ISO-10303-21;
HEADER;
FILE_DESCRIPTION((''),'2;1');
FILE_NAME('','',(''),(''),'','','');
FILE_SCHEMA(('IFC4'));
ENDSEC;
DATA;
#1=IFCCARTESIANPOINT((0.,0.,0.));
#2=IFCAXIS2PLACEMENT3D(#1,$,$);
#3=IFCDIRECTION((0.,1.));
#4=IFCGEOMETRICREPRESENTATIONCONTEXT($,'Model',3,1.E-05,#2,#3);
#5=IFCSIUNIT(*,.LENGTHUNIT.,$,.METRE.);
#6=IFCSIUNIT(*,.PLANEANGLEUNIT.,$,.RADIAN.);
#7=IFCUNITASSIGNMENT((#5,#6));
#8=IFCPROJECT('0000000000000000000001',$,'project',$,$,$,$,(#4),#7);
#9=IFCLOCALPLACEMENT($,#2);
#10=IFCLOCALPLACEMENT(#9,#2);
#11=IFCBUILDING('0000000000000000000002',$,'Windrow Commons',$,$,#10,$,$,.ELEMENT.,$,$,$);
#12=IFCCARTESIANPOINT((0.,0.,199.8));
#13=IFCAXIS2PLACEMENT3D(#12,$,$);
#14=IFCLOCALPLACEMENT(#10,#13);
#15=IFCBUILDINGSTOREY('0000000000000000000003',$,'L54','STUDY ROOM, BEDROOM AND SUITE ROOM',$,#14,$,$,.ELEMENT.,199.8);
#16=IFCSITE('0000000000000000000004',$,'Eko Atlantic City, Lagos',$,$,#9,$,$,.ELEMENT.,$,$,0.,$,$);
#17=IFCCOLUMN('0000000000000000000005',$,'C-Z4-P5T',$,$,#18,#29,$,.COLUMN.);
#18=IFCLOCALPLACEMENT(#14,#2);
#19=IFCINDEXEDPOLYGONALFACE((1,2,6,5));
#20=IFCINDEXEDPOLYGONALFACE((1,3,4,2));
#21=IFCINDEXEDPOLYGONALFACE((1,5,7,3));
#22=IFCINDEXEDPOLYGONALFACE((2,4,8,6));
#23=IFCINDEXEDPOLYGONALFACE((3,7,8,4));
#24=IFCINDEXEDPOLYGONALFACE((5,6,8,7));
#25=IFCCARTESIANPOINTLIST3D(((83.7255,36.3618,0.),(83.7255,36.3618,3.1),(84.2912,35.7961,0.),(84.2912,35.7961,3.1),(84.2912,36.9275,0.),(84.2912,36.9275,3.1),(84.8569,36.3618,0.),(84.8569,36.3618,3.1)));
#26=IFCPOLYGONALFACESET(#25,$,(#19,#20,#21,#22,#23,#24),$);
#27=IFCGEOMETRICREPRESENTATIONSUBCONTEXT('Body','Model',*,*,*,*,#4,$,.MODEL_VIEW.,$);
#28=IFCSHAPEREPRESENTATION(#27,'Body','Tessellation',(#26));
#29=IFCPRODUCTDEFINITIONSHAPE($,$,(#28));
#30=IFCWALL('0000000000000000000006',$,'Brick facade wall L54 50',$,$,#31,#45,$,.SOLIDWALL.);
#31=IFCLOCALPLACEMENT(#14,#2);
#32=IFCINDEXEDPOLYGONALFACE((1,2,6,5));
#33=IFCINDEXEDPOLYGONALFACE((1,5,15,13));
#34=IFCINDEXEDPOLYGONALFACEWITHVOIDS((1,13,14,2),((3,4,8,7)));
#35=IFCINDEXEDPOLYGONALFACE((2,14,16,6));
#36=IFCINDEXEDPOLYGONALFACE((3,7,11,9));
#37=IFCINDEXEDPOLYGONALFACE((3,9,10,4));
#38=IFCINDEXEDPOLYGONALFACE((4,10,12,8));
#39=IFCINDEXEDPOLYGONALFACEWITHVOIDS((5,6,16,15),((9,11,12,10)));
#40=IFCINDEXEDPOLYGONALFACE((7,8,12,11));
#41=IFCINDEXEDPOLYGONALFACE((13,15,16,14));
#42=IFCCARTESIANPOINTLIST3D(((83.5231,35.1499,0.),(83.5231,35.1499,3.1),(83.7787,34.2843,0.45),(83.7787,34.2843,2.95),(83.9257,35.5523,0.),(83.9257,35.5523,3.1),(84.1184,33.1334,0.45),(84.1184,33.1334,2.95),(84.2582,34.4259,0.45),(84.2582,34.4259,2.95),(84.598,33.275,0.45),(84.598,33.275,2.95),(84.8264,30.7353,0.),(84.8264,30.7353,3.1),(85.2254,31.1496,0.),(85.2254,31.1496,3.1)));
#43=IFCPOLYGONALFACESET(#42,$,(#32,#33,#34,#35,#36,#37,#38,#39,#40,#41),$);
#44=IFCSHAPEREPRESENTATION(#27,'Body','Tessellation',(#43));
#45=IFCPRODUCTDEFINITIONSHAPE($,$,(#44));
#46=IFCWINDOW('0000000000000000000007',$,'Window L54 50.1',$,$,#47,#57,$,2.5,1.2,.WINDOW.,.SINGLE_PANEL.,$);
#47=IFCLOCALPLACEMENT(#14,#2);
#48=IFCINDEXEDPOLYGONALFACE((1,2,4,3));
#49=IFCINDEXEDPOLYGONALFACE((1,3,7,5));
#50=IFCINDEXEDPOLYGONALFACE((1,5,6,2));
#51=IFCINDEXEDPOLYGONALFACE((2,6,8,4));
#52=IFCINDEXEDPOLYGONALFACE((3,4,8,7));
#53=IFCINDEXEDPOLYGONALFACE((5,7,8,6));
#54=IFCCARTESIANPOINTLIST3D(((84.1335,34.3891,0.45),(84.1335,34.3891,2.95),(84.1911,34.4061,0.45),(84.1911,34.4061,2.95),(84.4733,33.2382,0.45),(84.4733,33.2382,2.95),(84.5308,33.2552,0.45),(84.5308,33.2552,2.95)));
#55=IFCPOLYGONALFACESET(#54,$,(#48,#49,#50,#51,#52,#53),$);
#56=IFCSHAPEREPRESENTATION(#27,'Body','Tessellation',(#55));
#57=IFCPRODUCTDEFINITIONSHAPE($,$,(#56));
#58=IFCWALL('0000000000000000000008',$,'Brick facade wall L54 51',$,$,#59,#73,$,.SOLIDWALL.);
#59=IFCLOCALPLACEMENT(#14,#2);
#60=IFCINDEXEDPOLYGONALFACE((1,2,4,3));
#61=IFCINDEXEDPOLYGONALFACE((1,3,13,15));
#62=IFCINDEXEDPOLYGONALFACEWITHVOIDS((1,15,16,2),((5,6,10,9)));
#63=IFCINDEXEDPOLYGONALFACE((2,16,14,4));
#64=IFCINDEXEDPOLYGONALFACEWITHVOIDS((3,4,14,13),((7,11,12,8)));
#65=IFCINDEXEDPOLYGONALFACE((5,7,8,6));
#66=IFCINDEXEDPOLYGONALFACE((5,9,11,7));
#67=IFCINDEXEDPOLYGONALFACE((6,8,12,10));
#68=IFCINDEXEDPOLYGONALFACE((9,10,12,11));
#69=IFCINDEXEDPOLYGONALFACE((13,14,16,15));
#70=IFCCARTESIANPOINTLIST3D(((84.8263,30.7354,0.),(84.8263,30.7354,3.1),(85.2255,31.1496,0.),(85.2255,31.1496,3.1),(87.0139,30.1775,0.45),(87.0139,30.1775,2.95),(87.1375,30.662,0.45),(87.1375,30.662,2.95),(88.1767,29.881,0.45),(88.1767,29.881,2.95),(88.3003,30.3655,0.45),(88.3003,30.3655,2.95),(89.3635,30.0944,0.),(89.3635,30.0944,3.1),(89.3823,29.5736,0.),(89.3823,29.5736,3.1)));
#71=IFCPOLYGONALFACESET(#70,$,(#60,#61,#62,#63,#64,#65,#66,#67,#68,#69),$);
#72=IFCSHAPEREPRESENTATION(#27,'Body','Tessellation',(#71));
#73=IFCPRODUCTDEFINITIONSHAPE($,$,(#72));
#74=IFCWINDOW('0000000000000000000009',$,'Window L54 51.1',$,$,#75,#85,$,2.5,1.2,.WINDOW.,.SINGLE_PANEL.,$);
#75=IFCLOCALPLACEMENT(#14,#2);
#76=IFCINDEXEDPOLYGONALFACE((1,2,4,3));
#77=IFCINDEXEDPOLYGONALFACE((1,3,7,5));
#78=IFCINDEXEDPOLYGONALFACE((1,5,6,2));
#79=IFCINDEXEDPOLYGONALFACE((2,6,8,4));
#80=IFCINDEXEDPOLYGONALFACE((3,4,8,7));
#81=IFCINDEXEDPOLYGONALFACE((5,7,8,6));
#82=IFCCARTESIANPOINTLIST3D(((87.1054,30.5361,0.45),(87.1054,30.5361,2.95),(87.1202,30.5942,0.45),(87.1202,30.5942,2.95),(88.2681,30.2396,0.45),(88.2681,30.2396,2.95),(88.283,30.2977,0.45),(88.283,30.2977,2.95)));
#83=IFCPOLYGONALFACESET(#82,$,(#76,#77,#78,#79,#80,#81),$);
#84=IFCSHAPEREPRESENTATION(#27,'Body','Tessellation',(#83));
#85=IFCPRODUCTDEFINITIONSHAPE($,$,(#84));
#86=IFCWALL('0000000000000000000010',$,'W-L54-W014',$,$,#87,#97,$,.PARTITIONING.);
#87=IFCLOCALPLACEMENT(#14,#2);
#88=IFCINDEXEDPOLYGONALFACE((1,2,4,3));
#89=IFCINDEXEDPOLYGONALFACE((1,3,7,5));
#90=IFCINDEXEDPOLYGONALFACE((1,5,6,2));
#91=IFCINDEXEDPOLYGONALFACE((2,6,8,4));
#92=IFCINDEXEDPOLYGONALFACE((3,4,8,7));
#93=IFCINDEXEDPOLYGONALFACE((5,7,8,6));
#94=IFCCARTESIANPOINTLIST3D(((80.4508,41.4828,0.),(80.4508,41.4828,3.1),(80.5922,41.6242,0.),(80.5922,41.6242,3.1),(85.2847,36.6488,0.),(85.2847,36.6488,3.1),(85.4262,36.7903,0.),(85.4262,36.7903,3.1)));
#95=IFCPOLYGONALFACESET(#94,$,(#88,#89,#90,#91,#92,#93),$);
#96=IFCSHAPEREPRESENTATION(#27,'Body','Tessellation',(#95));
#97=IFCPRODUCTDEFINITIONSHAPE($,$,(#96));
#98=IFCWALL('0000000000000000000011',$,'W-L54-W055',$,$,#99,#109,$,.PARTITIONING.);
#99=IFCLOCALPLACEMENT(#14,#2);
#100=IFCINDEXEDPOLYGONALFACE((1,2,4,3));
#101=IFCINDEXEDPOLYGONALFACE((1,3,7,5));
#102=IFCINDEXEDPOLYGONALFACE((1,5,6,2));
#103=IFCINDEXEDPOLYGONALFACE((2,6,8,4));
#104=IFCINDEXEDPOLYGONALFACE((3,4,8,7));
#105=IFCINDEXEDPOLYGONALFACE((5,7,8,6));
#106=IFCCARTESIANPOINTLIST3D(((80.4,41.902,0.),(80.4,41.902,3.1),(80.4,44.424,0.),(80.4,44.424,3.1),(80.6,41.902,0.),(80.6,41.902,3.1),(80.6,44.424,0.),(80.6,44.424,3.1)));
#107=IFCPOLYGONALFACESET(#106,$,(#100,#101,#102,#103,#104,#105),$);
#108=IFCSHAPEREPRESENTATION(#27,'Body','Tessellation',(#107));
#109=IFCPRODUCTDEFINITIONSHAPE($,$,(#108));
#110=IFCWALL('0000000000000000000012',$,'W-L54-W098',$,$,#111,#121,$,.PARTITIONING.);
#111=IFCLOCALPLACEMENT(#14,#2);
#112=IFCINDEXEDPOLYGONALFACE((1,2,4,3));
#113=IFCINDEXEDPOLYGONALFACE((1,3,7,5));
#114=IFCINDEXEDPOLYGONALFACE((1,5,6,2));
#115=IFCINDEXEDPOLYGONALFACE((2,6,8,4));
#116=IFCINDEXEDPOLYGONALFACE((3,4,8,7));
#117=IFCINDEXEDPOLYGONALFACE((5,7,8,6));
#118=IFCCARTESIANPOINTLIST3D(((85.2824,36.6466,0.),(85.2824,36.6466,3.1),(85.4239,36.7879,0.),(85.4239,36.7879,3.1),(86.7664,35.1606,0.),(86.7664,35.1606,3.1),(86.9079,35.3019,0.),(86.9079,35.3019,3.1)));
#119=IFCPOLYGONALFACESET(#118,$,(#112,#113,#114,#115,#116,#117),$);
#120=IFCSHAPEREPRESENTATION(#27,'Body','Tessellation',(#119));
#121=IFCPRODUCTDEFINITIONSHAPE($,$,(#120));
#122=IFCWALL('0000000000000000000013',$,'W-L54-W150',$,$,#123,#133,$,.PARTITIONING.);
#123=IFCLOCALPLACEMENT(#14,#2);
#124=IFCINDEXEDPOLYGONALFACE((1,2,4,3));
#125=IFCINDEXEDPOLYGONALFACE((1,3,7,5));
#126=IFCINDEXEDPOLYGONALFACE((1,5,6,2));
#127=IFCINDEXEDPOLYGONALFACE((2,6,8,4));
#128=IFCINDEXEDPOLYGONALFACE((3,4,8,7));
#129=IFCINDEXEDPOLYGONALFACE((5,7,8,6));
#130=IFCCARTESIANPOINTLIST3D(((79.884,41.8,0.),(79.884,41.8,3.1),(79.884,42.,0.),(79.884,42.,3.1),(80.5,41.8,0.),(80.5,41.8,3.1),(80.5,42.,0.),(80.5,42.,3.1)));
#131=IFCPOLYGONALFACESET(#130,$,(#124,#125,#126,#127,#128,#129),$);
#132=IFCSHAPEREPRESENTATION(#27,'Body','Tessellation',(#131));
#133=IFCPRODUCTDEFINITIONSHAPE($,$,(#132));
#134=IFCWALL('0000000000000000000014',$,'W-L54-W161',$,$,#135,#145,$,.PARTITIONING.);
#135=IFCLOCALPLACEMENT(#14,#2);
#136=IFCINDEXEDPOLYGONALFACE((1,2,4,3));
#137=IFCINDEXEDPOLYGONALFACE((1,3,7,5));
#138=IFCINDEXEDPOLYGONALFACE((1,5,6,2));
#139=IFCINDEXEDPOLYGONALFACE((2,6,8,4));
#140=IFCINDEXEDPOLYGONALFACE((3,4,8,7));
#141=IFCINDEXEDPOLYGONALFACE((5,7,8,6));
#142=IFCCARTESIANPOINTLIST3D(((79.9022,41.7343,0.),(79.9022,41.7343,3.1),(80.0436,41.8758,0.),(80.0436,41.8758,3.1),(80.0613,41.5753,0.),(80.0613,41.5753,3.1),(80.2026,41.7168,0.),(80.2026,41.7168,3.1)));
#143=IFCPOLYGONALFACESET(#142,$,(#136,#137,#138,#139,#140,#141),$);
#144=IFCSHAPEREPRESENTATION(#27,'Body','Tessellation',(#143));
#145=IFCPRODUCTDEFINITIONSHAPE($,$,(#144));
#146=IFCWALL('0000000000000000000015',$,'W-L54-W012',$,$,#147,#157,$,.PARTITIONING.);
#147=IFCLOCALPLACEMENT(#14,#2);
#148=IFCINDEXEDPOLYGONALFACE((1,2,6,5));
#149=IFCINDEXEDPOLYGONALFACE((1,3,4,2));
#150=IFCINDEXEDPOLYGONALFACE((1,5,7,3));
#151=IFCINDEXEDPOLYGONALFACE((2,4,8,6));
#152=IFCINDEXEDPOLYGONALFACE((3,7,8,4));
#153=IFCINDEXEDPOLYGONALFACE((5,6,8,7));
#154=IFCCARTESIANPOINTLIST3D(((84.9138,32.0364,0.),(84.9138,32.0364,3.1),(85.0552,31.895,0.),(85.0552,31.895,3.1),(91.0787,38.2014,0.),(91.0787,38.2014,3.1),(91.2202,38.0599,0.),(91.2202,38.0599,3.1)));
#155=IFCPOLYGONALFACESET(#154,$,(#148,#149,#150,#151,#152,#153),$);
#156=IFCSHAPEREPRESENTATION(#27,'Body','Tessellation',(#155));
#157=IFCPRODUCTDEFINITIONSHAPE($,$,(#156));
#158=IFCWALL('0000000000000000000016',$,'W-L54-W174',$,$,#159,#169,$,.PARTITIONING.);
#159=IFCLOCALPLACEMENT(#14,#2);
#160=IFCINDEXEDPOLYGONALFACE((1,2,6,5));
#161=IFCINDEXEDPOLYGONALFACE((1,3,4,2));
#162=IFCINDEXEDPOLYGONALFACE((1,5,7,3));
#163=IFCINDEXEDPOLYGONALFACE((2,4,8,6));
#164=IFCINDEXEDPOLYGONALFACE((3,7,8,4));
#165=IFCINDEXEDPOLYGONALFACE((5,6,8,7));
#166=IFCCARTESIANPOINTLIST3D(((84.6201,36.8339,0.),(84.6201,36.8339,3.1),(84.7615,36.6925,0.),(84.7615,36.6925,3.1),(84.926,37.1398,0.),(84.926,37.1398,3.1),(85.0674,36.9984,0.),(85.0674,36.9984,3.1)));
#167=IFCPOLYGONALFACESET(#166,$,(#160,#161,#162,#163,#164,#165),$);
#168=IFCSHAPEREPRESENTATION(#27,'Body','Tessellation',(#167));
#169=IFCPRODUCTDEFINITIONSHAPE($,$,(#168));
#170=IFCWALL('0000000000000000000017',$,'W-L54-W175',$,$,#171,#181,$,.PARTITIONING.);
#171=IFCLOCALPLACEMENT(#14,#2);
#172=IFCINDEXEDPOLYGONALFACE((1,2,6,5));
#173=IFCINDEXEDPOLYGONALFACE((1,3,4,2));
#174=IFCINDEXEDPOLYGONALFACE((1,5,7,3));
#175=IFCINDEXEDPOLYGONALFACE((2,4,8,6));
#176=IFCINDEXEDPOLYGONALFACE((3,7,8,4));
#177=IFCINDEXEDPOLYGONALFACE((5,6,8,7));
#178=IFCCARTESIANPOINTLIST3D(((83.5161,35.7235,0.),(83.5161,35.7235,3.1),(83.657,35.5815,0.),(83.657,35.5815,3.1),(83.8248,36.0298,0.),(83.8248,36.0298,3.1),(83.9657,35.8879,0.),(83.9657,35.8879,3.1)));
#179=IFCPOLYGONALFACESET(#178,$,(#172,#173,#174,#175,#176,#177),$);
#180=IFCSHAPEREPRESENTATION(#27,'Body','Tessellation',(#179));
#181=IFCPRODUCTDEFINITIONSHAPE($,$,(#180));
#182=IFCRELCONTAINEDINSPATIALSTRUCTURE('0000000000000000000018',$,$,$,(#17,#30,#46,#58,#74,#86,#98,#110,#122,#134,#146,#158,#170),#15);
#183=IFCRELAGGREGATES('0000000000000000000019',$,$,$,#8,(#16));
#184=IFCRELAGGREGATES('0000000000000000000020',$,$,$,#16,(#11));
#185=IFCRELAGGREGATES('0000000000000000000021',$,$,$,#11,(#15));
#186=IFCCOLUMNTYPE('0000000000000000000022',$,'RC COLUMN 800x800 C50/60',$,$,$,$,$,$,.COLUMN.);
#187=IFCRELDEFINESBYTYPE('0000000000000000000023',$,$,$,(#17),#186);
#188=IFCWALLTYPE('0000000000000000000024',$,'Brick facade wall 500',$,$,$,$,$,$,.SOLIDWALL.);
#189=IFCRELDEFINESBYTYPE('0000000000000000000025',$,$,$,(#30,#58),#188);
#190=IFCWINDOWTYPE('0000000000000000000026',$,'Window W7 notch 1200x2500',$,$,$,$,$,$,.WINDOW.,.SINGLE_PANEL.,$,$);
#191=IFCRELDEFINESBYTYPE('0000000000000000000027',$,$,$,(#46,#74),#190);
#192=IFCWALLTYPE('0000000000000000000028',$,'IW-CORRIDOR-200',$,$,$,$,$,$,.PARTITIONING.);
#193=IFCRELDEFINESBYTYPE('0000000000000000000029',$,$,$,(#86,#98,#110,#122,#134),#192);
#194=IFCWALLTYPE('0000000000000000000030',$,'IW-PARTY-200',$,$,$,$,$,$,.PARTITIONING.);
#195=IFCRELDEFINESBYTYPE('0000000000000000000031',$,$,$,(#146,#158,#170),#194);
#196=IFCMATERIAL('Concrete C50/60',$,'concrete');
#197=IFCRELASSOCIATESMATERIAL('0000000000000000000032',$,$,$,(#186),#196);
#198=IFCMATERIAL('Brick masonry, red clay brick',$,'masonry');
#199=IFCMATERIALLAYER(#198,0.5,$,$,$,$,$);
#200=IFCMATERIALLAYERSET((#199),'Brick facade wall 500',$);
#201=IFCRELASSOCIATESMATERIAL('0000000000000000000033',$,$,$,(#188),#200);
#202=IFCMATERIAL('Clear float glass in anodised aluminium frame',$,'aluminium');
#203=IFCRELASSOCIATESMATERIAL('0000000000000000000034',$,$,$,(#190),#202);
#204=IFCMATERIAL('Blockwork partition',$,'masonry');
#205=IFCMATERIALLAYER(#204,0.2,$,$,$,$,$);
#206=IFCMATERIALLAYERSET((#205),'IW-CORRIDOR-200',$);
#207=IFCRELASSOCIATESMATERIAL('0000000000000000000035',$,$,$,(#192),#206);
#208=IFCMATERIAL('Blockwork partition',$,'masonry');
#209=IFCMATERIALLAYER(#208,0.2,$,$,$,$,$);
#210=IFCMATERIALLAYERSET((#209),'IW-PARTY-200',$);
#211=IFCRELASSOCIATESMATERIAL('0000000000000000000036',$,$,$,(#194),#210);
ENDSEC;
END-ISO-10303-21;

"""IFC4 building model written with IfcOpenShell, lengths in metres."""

from ifc_helpers import new_model, si_unit, direction, frame, frame_2d, origin, origin_2d, place, context, subcontext, project, spatial, polyline, rectangle, outline, extrude, material, layer, layer_set, material_profile, profile_set, type_object, element, fill, save


model = new_model("IFC4")

# Units and contexts
model_context = context("Model", 3, precision=1e-05, world=origin(), true_north=direction((0.0, 1.0)))
body_context = subcontext(model_context, "Body", "Model", "MODEL_VIEW")
ifc_project = project(units=[si_unit("LENGTHUNIT", "METRE"), si_unit("PLANEANGLEUNIT", "RADIAN")], contexts=[model_context])

# Site, building, storey
site_placement = place(None, origin())
site = spatial("IfcSite", under=ifc_project, at=site_placement, Name="Eko Atlantic City, Lagos", CompositionType="ELEMENT", RefElevation=0.0)
building_placement = place(site_placement, origin())
building = spatial("IfcBuilding", under=site, at=building_placement, Name="Windrow Commons", CompositionType="ELEMENT")
storey_placement = place(building_placement, frame((0.0, 0.0, 199.8)))
storey = spatial("IfcBuildingStorey", under=building, at=storey_placement, Name="L54", Description="STUDY ROOM, BEDROOM AND SUITE ROOM", CompositionType="ELEMENT", Elevation=199.8)

# Column
ifc_material_1 = material(Name="Concrete C50/60", Category="concrete")
ifc_material_profile = material_profile(ifc_material_1, rectangle(XDim=0.8, YDim=0.8, at=origin_2d()))
ifc_profile_set = profile_set([ifc_material_profile], Name="Concrete C50/60")
column_type = type_object("IfcColumnType", Name="RC COLUMN 800x800 C50/60", PredefinedType="COLUMN", material=ifc_profile_set)
column_placement = place(storey_placement, frame((84.2912, 36.3618, 0.0), z_axis=(0.0, 0.0, 1.0), x_axis=(0.707107, -0.707107, 0.0)))
element("IfcColumn", 1, at=column_placement, inside=storey, type_object=column_type, Name="C-Z4-P5T", PredefinedType="COLUMN", context=body_context, shape_type="SweptSolid", body=[
    extrude(rectangle(XDim=0.8, YDim=0.8, at=origin_2d()), origin(), (0.0, 0.0, 1.0), 3.1),
])

# Walls, openings, windows
ifc_material_2 = material(Name="Brick masonry, red clay brick", Category="masonry")
ifc_layer_1 = layer(ifc_material_2, 0.5)
ifc_layer_set_1 = layer_set([ifc_layer_1], Name="Brick facade wall 500")
wall_type_1 = type_object("IfcWallType", Name="Brick facade wall 500", PredefinedType="SOLIDWALL", material=ifc_layer_set_1)
wall_1_placement = place(storey_placement, frame((83.7244, 35.3511, 0.0), z_axis=(0.0, 0.0, 1.0), x_axis=(0.283138, -0.959079, 0.0)))
wall_1 = element("IfcWall", 2, at=wall_1_placement, inside=storey, type_object=wall_type_1, Name="Brick facade wall L54 50", PredefinedType="SOLIDWALL", context=body_context, shape_type="SweptSolid", body=[
    extrude(outline(polyline([(0.136, -0.25), (4.7389, -0.25), (4.4546, 0.25), (-0.136, 0.25), (0.136, -0.25)])), origin(), (0.0, 0.0, 1.0), 3.1),
])
opening_1_placement = place(wall_1_placement, frame((1.0385, 0.0, 0.45)))
opening_1 = element("IfcOpeningElement", 3, at=opening_1_placement, cuts=wall_1, PredefinedType="OPENING", context=body_context, shape_type="SweptSolid", body=[
    extrude(rectangle(XDim=1.2, YDim=2.5, at=frame_2d((0.6, 1.25))), frame((0.0, 0.26, 0.0), z_axis=(0.0, -1.0, 0.0), x_axis=(1.0, 0.0, 0.0)), (0.0, 0.0, 1.0), 0.52),
])
ifc_material_3 = material(Name="Clear float glass in anodised aluminium frame", Category="aluminium")
window_type = type_object("IfcWindowType", Name="Window W7 notch 1200x2500", PartitioningType="SINGLE_PANEL", PredefinedType="WINDOW", material=ifc_material_3)
window_1_placement = place(opening_1_placement, origin())
window_1 = element("IfcWindow", 4, at=window_1_placement, inside=storey, type_object=window_type, Name="Window L54 50.1", OverallHeight=2.5, OverallWidth=1.2, PartitioningType="SINGLE_PANEL", PredefinedType="WINDOW", context=body_context, shape_type="SweptSolid", body=[
    extrude(rectangle(XDim=1.2, YDim=2.5, at=frame_2d((0.6, 1.25))), frame((0.0, 0.18, 0.0), z_axis=(0.0, -1.0, 0.0), x_axis=(1.0, 0.0, 0.0)), (0.0, 0.0, 1.0), 0.06),
])
fill(opening_1, window_1)
wall_2_placement = place(storey_placement, frame((85.0259, 30.9425, 0.0), z_axis=(0.0, 0.0, 1.0), x_axis=(0.968991, -0.247096, 0.0)))
wall_2 = element("IfcWall", 5, at=wall_2_placement, inside=storey, type_object=wall_type_1, Name="Brick facade wall L54 51", PredefinedType="SOLIDWALL", context=body_context, shape_type="SweptSolid", body=[
    extrude(outline(polyline([(-0.1422, -0.25), (4.5596, -0.25), (4.4127, 0.25), (0.1422, 0.25), (-0.1422, -0.25)])), origin(), (0.0, 0.0, 1.0), 3.1),
])
opening_2_placement = place(wall_2_placement, frame((2.1154, 0.0, 0.45)))
opening_2 = element("IfcOpeningElement", 6, at=opening_2_placement, cuts=wall_2, PredefinedType="OPENING", context=body_context, shape_type="SweptSolid", body=[
    extrude(rectangle(XDim=1.2, YDim=2.5, at=frame_2d((0.6, 1.25))), frame((0.0, 0.26, 0.0), z_axis=(0.0, -1.0, 0.0), x_axis=(1.0, 0.0, 0.0)), (0.0, 0.0, 1.0), 0.52),
])
window_2_placement = place(opening_2_placement, origin())
window_2 = element("IfcWindow", 7, at=window_2_placement, inside=storey, type_object=window_type, Name="Window L54 51.1", OverallHeight=2.5, OverallWidth=1.2, PartitioningType="SINGLE_PANEL", PredefinedType="WINDOW", context=body_context, shape_type="SweptSolid", body=[
    extrude(rectangle(XDim=1.2, YDim=2.5, at=frame_2d((0.6, 1.25))), frame((0.0, 0.18, 0.0), z_axis=(0.0, -1.0, 0.0), x_axis=(1.0, 0.0, 0.0)), (0.0, 0.0, 1.0), 0.06),
])
fill(opening_2, window_2)

# Walls
ifc_material_4 = material(Name="Blockwork partition", Category="masonry")
ifc_layer_2 = layer(ifc_material_4, 0.2)
ifc_layer_set_2 = layer_set([ifc_layer_2], Name="IW-CORRIDOR-200")
wall_type_2 = type_object("IfcWallType", Name="IW-CORRIDOR-200", PredefinedType="PARTITIONING", material=ifc_layer_set_2)
wall_3_placement = place(storey_placement, frame((80.5215, 41.5535, 0.0), z_axis=(0.0, 0.0, 1.0), x_axis=(0.707107, -0.707107, 0.0)))
element("IfcWall", 8, at=wall_3_placement, inside=storey, type_object=wall_type_2, Name="W-L54-W014", PredefinedType="PARTITIONING", context=body_context, shape_type="SweptSolid", body=[
    extrude(rectangle(XDim=6.8363, YDim=0.2, at=frame_2d((3.4181, 0.0))), origin(), (0.0, 0.0, 1.0), 3.1),
])
wall_4_placement = place(storey_placement, frame((80.5, 41.902, 0.0), z_axis=(0.0, 0.0, 1.0), x_axis=(0.0, 1.0, 0.0)))
element("IfcWall", 9, at=wall_4_placement, inside=storey, type_object=wall_type_2, Name="W-L54-W055", PredefinedType="PARTITIONING", context=body_context, shape_type="SweptSolid", body=[
    extrude(rectangle(XDim=2.522, YDim=0.2, at=frame_2d((1.261, 0.0))), origin(), (0.0, 0.0, 1.0), 3.1),
])
wall_5_placement = place(storey_placement, frame((85.3532, 36.7172, 0.0), z_axis=(0.0, 0.0, 1.0), x_axis=(0.70663, -0.707583, 0.0)))
element("IfcWall", 10, at=wall_5_placement, inside=storey, type_object=wall_type_2, Name="W-L54-W098", PredefinedType="PARTITIONING", context=body_context, shape_type="SweptSolid", body=[
    extrude(rectangle(XDim=2.1001, YDim=0.2, at=frame_2d((1.05, 0.0))), origin(), (0.0, 0.0, 1.0), 3.1),
])
wall_6_placement = place(storey_placement, frame((79.884, 41.9, 0.0), z_axis=(0.0, 0.0, 1.0), x_axis=(1.0, 0.0, 0.0)))
element("IfcWall", 11, at=wall_6_placement, inside=storey, type_object=wall_type_2, Name="W-L54-W150", PredefinedType="PARTITIONING", context=body_context, shape_type="SweptSolid", body=[
    extrude(rectangle(XDim=0.616, YDim=0.2, at=frame_2d((0.308, 0.0))), origin(), (0.0, 0.0, 1.0), 3.1),
])
wall_7_placement = place(storey_placement, frame((79.9729, 41.805, 0.0), z_axis=(0.0, 0.0, 1.0), x_axis=(0.707329, -0.706884, 0.0)))
element("IfcWall", 12, at=wall_7_placement, inside=storey, type_object=wall_type_2, Name="W-L54-W161", PredefinedType="PARTITIONING", context=body_context, shape_type="SweptSolid", body=[
    extrude(rectangle(XDim=0.2249, YDim=0.2, at=frame_2d((0.1124, 0.0))), origin(), (0.0, 0.0, 1.0), 3.1),
])
ifc_material_5 = material(Name="Blockwork partition", Category="masonry")
ifc_layer_3 = layer(ifc_material_5, 0.2)
ifc_layer_set_3 = layer_set([ifc_layer_3], Name="IW-PARTY-200")
wall_type_3 = type_object("IfcWallType", Name="IW-PARTY-200", PredefinedType="PARTITIONING", material=ifc_layer_set_3)
wall_8_placement = place(storey_placement, frame((84.9845, 31.9657, 0.0), z_axis=(0.0, 0.0, 1.0), x_axis=(0.707107, 0.707107, 0.0)))
element("IfcWall", 13, at=wall_8_placement, inside=storey, type_object=wall_type_3, Name="W-L54-W012", PredefinedType="PARTITIONING", context=body_context, shape_type="SweptSolid", body=[
    extrude(rectangle(XDim=8.7185, YDim=0.2, at=frame_2d((4.3593, 0.0))), origin(), (0.0, 0.0, 1.0), 3.1),
])
wall_9_placement = place(storey_placement, frame((84.6908, 36.7632, 0.0), z_axis=(0.0, 0.0, 1.0), x_axis=(0.707107, 0.707107, 0.0)))
element("IfcWall", 14, at=wall_9_placement, inside=storey, type_object=wall_type_3, Name="W-L54-W174", PredefinedType="PARTITIONING", context=body_context, shape_type="SweptSolid", body=[
    extrude(rectangle(XDim=0.4327, YDim=0.2, at=frame_2d((0.2163, 0.0))), origin(), (0.0, 0.0, 1.0), 3.1),
])
wall_10_placement = place(storey_placement, frame((83.5865, 35.6525, 0.0), z_axis=(0.0, 0.0, 1.0), x_axis=(0.709861, 0.704342, 0.0)))
element("IfcWall", 15, at=wall_10_placement, inside=storey, type_object=wall_type_3, Name="W-L54-W175", PredefinedType="PARTITIONING", context=body_context, shape_type="SweptSolid", body=[
    extrude(rectangle(XDim=0.4349, YDim=0.2, at=frame_2d((0.2175, 0.0))), origin(), (0.0, 0.0, 1.0), 3.1),
])

save(model, "model.ifc")
